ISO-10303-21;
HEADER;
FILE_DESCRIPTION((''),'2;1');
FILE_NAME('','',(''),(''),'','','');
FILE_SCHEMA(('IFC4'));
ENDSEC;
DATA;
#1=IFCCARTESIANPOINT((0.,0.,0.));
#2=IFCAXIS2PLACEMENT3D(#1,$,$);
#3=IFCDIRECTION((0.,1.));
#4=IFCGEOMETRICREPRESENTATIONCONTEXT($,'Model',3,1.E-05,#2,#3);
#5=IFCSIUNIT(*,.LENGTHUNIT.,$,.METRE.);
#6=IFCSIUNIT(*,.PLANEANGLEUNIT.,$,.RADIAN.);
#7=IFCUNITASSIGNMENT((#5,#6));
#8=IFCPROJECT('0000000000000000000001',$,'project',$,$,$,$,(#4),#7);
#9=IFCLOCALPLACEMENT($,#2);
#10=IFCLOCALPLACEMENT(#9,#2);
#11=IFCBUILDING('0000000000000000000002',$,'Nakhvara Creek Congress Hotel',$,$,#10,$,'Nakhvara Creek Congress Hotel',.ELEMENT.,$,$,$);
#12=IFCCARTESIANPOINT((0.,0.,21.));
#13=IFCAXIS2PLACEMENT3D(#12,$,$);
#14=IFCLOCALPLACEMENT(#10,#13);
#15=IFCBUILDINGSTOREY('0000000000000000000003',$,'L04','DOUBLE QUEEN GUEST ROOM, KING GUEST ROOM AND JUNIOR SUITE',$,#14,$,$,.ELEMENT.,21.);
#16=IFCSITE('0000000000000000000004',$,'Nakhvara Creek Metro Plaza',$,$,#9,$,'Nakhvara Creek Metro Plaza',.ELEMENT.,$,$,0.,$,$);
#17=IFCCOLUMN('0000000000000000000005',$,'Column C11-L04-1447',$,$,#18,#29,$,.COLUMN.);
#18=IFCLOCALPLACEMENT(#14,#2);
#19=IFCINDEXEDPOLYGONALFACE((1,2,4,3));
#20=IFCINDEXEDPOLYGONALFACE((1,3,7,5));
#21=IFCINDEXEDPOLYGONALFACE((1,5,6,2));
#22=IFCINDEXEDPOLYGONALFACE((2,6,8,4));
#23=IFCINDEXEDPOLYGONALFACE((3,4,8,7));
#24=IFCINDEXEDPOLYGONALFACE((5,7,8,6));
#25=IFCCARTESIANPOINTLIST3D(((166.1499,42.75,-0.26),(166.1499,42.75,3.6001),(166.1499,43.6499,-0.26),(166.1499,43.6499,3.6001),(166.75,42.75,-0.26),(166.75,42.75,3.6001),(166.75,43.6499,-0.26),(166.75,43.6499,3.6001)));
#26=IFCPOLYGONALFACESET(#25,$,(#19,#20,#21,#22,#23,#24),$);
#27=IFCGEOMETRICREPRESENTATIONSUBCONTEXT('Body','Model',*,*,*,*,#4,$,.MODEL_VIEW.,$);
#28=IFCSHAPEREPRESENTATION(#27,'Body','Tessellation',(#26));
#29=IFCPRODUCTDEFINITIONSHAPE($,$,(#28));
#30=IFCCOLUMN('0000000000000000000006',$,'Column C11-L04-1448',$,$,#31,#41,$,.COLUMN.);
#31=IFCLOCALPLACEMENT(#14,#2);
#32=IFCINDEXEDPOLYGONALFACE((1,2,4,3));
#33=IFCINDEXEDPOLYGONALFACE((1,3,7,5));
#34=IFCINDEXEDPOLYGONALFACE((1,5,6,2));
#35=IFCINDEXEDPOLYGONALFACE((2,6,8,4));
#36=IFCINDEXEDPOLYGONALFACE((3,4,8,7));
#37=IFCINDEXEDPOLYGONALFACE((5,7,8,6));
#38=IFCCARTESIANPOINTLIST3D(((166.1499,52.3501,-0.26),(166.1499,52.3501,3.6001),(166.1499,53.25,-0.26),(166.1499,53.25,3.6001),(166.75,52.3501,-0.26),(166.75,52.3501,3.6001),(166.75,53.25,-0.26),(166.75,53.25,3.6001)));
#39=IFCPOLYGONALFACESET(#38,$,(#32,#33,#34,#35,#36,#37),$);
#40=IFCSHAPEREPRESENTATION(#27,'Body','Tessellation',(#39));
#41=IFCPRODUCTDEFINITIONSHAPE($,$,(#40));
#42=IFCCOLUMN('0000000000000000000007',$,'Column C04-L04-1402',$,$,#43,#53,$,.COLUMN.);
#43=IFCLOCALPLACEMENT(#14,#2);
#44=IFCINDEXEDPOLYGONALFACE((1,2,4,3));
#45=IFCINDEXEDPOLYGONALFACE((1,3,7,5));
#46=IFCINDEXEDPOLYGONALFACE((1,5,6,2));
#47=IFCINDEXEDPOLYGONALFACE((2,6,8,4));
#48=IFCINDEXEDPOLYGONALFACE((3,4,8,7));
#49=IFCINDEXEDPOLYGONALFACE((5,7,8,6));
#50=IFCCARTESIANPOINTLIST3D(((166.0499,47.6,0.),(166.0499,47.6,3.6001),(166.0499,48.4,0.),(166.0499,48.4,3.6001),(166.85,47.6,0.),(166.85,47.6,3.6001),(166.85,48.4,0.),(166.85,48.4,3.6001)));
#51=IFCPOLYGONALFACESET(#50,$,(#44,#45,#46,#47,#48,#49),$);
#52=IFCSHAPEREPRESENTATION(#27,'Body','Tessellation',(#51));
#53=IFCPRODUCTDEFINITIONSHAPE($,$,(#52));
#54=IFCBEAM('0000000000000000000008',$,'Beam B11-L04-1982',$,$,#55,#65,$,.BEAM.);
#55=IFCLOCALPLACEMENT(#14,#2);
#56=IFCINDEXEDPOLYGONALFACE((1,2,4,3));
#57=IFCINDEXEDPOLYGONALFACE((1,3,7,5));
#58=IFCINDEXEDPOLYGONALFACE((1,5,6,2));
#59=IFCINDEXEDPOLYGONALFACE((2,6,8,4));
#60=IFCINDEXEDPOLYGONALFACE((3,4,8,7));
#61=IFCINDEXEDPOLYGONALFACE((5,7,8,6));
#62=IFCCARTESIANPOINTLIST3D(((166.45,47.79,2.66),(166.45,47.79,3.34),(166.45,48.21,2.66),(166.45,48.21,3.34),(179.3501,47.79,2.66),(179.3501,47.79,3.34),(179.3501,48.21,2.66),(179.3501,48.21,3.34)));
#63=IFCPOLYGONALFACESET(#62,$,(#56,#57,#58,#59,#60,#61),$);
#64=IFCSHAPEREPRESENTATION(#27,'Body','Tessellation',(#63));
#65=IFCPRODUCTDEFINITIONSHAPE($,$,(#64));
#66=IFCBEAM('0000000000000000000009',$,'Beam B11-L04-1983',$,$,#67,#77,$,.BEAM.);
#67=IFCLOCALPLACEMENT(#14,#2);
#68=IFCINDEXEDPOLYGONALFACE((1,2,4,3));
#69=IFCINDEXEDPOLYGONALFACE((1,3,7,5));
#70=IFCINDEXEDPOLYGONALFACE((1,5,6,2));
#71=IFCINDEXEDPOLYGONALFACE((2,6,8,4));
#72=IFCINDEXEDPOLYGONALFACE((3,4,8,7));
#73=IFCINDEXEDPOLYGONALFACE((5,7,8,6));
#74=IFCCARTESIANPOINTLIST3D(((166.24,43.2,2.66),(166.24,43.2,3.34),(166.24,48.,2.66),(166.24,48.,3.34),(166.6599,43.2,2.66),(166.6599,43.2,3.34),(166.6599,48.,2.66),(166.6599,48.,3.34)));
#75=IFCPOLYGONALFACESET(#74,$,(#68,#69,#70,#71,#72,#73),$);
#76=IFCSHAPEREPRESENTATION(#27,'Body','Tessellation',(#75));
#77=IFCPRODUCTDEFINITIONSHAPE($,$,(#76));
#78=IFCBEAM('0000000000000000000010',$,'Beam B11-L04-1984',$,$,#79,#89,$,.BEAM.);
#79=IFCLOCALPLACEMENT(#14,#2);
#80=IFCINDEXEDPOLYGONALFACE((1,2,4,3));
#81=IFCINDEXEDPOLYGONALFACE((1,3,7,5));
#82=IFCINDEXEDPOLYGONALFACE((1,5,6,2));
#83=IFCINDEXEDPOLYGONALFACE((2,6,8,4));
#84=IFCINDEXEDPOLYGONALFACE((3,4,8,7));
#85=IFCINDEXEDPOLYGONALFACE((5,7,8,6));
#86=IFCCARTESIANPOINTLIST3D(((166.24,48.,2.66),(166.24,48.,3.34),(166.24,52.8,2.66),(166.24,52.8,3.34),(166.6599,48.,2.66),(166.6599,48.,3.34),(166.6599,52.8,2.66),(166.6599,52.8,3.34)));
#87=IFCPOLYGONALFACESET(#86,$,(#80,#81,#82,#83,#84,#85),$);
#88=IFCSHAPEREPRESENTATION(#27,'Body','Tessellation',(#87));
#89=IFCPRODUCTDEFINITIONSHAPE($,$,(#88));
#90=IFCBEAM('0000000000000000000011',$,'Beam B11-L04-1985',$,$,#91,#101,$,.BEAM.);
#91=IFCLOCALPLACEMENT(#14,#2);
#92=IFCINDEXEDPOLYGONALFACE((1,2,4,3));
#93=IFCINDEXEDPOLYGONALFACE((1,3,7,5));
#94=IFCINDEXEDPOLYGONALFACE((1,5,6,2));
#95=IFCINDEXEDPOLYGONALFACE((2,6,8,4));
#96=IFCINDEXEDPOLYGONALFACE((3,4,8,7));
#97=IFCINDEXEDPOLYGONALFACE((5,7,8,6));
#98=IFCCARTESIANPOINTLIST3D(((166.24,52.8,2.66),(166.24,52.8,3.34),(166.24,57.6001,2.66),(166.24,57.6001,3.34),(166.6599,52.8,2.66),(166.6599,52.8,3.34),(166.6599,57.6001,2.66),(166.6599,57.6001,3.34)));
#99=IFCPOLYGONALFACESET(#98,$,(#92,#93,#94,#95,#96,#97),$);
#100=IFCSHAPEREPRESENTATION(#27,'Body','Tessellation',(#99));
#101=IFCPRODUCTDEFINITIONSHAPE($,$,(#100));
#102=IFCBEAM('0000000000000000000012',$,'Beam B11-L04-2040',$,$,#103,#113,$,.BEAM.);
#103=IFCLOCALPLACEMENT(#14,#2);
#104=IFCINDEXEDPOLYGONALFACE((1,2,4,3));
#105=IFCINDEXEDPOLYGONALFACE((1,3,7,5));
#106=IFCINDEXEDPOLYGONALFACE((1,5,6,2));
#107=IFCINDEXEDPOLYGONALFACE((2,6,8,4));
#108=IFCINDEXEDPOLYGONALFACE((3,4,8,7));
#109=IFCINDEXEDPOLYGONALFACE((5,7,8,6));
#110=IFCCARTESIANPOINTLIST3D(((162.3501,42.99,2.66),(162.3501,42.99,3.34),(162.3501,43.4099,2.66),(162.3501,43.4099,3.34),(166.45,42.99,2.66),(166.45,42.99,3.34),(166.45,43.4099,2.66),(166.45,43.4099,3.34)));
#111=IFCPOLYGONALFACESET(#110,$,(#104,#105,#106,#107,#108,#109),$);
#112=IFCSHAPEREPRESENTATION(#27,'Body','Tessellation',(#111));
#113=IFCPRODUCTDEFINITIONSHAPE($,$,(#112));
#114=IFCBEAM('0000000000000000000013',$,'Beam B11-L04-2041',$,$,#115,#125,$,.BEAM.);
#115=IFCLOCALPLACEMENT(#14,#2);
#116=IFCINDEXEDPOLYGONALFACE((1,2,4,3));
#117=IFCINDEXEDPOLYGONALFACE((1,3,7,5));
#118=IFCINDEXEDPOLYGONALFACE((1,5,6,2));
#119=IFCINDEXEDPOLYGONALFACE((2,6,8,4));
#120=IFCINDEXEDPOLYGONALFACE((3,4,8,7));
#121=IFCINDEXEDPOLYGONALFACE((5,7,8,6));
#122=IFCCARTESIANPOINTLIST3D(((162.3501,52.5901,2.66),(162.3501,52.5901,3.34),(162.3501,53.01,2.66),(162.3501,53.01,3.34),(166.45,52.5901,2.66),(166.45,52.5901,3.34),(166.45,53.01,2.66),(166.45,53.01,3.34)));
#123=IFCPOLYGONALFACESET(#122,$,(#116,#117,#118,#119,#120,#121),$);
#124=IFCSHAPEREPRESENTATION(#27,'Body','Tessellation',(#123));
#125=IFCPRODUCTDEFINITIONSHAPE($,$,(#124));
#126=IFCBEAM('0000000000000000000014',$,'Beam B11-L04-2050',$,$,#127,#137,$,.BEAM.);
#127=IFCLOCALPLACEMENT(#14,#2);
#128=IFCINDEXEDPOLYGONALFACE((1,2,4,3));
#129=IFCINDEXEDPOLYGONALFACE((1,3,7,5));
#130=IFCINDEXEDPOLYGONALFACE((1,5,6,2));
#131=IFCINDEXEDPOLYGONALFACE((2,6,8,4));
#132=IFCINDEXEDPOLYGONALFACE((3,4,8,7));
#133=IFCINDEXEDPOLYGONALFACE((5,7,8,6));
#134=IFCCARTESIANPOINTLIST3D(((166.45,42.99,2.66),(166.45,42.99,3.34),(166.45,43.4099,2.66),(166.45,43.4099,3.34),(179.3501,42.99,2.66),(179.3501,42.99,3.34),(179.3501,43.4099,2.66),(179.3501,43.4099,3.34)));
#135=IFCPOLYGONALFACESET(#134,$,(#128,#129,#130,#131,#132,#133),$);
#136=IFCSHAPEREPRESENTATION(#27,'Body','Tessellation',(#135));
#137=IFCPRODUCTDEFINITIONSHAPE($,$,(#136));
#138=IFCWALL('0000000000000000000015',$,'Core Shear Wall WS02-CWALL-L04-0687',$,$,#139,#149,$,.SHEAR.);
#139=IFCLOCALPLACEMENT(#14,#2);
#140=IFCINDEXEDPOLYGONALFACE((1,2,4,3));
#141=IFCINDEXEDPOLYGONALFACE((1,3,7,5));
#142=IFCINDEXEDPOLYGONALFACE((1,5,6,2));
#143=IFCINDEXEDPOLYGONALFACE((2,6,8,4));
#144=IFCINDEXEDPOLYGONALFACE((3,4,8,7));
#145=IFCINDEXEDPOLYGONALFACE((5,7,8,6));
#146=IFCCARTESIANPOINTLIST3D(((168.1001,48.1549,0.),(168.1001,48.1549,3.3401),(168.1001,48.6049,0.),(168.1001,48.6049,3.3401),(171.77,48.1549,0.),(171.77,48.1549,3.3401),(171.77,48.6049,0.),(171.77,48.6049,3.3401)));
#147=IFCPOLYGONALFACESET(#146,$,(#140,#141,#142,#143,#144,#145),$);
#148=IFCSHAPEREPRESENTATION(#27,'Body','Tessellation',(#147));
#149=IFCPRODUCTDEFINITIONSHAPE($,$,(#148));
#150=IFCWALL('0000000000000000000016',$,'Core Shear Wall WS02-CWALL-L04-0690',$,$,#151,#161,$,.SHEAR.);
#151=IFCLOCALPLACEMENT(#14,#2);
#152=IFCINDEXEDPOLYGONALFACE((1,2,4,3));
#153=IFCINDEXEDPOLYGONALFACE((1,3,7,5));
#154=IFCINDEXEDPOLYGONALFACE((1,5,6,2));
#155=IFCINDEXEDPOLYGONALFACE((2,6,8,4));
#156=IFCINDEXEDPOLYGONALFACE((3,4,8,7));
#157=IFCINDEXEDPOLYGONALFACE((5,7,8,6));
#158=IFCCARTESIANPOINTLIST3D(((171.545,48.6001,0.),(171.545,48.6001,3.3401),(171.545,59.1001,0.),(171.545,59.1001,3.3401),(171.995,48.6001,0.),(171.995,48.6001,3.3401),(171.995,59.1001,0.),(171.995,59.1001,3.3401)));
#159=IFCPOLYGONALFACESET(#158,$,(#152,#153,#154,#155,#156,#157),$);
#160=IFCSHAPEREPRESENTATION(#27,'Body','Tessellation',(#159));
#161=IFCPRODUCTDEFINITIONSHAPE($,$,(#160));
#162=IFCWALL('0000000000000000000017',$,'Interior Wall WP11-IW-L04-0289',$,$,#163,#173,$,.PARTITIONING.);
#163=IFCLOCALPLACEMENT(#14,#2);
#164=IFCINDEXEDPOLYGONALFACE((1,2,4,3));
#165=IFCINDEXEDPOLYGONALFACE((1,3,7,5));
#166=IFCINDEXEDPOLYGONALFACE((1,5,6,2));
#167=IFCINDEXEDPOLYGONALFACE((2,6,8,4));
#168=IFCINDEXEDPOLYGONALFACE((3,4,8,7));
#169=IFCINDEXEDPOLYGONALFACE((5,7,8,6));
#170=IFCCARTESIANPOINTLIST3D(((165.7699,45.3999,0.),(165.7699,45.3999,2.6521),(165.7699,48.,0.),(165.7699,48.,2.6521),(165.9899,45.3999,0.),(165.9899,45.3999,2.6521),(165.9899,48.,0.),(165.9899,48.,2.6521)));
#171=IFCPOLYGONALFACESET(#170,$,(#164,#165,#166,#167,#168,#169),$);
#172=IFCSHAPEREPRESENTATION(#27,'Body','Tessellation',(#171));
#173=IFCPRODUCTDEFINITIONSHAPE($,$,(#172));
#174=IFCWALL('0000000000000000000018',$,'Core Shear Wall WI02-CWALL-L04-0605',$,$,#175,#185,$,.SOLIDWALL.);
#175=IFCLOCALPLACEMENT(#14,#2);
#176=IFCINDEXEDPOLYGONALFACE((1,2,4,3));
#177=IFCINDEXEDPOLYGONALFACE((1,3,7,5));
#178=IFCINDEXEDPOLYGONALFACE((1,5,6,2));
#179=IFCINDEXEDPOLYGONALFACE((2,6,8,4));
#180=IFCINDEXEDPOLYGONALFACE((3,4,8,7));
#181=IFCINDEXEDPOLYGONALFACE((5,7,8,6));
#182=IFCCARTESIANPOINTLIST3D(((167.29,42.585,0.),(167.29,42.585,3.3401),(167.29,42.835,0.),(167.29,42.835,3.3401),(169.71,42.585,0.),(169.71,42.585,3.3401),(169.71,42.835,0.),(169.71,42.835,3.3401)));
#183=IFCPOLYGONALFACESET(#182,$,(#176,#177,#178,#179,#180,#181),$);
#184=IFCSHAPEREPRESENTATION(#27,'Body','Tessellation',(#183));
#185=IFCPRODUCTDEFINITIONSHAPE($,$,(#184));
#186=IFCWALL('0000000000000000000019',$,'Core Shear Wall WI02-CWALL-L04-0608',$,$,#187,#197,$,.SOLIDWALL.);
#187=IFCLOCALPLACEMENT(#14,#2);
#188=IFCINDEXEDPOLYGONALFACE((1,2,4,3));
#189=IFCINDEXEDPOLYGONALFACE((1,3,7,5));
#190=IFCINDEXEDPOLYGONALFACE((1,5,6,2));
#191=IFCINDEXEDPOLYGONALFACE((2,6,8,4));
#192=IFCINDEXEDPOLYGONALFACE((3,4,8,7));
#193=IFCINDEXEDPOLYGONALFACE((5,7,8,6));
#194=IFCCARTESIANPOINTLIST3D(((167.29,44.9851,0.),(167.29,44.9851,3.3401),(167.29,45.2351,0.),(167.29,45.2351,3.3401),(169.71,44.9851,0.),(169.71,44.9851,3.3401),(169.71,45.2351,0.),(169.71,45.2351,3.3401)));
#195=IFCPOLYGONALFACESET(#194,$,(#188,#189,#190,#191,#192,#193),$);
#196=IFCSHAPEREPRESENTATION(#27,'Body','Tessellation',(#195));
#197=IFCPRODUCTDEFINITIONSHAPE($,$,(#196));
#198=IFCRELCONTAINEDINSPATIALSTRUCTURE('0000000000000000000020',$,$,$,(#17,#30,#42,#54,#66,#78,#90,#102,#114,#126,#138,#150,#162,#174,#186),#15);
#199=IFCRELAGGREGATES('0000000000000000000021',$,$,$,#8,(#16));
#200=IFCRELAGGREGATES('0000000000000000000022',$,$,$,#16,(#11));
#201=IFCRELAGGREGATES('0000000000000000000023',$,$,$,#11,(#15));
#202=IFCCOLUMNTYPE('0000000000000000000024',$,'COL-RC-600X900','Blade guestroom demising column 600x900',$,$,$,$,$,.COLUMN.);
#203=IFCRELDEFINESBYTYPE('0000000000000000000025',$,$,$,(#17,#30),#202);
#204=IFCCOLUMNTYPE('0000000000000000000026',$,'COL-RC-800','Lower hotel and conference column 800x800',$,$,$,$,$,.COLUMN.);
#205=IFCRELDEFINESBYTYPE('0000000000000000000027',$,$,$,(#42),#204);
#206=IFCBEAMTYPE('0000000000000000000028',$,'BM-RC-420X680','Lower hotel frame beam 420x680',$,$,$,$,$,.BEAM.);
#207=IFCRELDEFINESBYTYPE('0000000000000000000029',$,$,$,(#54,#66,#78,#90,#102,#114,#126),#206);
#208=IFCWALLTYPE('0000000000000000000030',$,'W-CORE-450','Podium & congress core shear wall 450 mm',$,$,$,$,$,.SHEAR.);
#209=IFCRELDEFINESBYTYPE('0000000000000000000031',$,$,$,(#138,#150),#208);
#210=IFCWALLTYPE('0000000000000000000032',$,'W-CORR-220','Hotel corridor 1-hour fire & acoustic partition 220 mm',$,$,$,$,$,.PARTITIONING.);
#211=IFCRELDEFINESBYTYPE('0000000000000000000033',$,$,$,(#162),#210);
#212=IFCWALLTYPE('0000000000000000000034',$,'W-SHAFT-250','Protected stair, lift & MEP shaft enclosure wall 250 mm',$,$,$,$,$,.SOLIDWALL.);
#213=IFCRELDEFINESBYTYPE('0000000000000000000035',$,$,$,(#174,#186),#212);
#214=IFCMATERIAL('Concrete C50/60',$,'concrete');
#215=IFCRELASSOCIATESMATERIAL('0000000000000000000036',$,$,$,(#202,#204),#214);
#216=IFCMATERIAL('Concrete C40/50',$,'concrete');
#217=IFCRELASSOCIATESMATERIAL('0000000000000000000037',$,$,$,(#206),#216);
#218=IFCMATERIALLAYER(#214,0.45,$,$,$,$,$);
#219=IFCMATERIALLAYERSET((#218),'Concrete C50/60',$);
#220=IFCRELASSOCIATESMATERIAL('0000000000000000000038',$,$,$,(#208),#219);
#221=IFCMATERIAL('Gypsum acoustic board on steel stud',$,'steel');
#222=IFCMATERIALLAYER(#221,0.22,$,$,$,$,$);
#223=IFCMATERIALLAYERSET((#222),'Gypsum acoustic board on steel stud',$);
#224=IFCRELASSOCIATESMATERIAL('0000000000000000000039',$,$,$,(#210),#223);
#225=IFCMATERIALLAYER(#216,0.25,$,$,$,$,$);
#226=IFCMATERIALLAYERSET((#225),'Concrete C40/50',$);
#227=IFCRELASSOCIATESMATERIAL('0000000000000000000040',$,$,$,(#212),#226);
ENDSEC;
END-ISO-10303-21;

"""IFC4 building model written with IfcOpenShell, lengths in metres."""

from ifc_helpers import new_model, si_unit, direction, frame, frame_2d, origin, origin_2d, place, context, subcontext, project, spatial, rectangle, extrude, material, layer, layer_set, material_profile, profile_set, type_object, element, save


model = new_model("IFC4")

# Units and contexts
model_context = context("Model", 3, precision=1e-05, world=origin(), true_north=direction((0.0, 1.0)))
body_context = subcontext(model_context, "Body", "Model", "MODEL_VIEW")
ifc_project = project(units=[si_unit("LENGTHUNIT", "METRE"), si_unit("PLANEANGLEUNIT", "RADIAN")], contexts=[model_context])

# Site, building, storey
site_placement = place(None, origin())
site = spatial("IfcSite", under=ifc_project, at=site_placement, Name="Nakhvara Creek Metro Plaza", LongName="Nakhvara Creek Metro Plaza", CompositionType="ELEMENT", RefElevation=0.0)
building_placement = place(site_placement, origin())
building = spatial("IfcBuilding", under=site, at=building_placement, Name="Nakhvara Creek Congress Hotel", LongName="Nakhvara Creek Congress Hotel", CompositionType="ELEMENT")
storey_placement = place(building_placement, frame((0.0, 0.0, 21.0)))
storey = spatial("IfcBuildingStorey", under=building, at=storey_placement, Name="L04", Description="DOUBLE QUEEN GUEST ROOM, KING GUEST ROOM AND JUNIOR SUITE", CompositionType="ELEMENT", Elevation=21.0)

# Columns
ifc_material_1 = material(Name="Concrete C50/60", Category="concrete")
ifc_material_profile_1 = material_profile(ifc_material_1, rectangle(XDim=0.6001, YDim=0.8999, at=origin_2d()), Name="RC-COL 600x900", Category="LoadBearing")
ifc_profile_set_1 = profile_set([ifc_material_profile_1], Name="Concrete C50/60")
column_type_1 = type_object("IfcColumnType", Name="COL-RC-600X900", Description="Blade guestroom demising column 600x900", PredefinedType="COLUMN", material=ifc_profile_set_1)
for number, where, z_axis, x_axis, name in (
    (1, (166.45, 43.2, -0.26), (0.0, 0.0, 1.0), (1.0, 0.0, 0.0), "Column C11-L04-1447"),
    (2, (166.45, 52.8, -0.26), (0.0, 0.0, 1.0), (1.0, 0.0, 0.0), "Column C11-L04-1448"),
):
    element("IfcColumn", number, at=place(storey_placement, frame(where, z_axis=z_axis, x_axis=x_axis)), inside=storey, type_object=column_type_1, Name=name, PredefinedType="COLUMN", context=body_context, shape_type="SweptSolid", body=[
        extrude(rectangle(XDim=0.6001, YDim=0.8999, at=origin_2d()), origin(), (0.0, 0.0, 1.0), 3.8601),
    ])
ifc_material_profile_2 = material_profile(ifc_material_1, rectangle(XDim=0.8, YDim=0.8, at=origin_2d()), Name="RC-COL 800x800", Category="LoadBearing")
ifc_profile_set_2 = profile_set([ifc_material_profile_2], Name="Concrete C50/60")
column_type_2 = type_object("IfcColumnType", Name="COL-RC-800", Description="Lower hotel and conference column 800x800", PredefinedType="COLUMN", material=ifc_profile_set_2)
column_placement = place(storey_placement, frame((166.45, 48.0, 0.0), z_axis=(0.0, 0.0, 1.0), x_axis=(1.0, 0.0, 0.0)))
element("IfcColumn", 3, at=column_placement, inside=storey, type_object=column_type_2, Name="Column C04-L04-1402", PredefinedType="COLUMN", context=body_context, shape_type="SweptSolid", body=[
    extrude(rectangle(XDim=0.8, YDim=0.8, at=origin_2d()), origin(), (0.0, 0.0, 1.0), 3.6001),
])

# Beams
ifc_material_2 = material(Name="Concrete C40/50", Category="concrete")
ifc_material_profile_3 = material_profile(ifc_material_2, rectangle(XDim=0.4199, YDim=0.6799, at=origin_2d()), Name="RC-BM 420x680", Category="LoadBearing")
ifc_profile_set_3 = profile_set([ifc_material_profile_3], Name="Concrete C40/50")
beam_type = type_object("IfcBeamType", Name="BM-RC-420X680", Description="Lower hotel frame beam 420x680", PredefinedType="BEAM", material=ifc_profile_set_3)
beam_1_placement = place(storey_placement, frame((166.45, 48.0, 3.0), z_axis=(1.0, 0.0, 0.0), x_axis=(0.0, 1.0, 0.0)))
element("IfcBeam", 4, at=beam_1_placement, inside=storey, type_object=beam_type, Name="Beam B11-L04-1982", PredefinedType="BEAM", context=body_context, shape_type="SweptSolid", body=[
    extrude(rectangle(XDim=0.4199, YDim=0.6799, at=origin_2d()), origin(), (0.0, 0.0, 1.0), 12.9001),
])
for number, where, z_axis, x_axis, name in (
    (5, (166.45, 43.2, 3.0), (0.0, 1.0, 0.0), (-1.0, 0.0, 0.0), "Beam B11-L04-1983"),
    (6, (166.45, 48.0, 3.0), (0.0, 1.0, 0.0), (-1.0, 0.0, 0.0), "Beam B11-L04-1984"),
    (7, (166.45, 52.8, 3.0), (0.0, 1.0, 0.0), (-1.0, 0.0, 0.0), "Beam B11-L04-1985"),
):
    element("IfcBeam", number, at=place(storey_placement, frame(where, z_axis=z_axis, x_axis=x_axis)), inside=storey, type_object=beam_type, Name=name, PredefinedType="BEAM", context=body_context, shape_type="SweptSolid", body=[
        extrude(rectangle(XDim=0.4199, YDim=0.6799, at=origin_2d()), origin(), (0.0, 0.0, 1.0), 4.8),
    ])
for number, where, z_axis, x_axis, name in (
    (8, (162.3501, 43.2, 3.0), (1.0, 0.0, 0.0), (0.0, 1.0, 0.0), "Beam B11-L04-2040"),
    (9, (162.3501, 52.8, 3.0), (1.0, 0.0, 0.0), (0.0, 1.0, 0.0), "Beam B11-L04-2041"),
):
    element("IfcBeam", number, at=place(storey_placement, frame(where, z_axis=z_axis, x_axis=x_axis)), inside=storey, type_object=beam_type, Name=name, PredefinedType="BEAM", context=body_context, shape_type="SweptSolid", body=[
        extrude(rectangle(XDim=0.4199, YDim=0.6799, at=origin_2d()), origin(), (0.0, 0.0, 1.0), 4.0999),
    ])
beam_2_placement = place(storey_placement, frame((166.45, 43.2, 3.0), z_axis=(1.0, 0.0, 0.0), x_axis=(0.0, 1.0, 0.0)))
element("IfcBeam", 10, at=beam_2_placement, inside=storey, type_object=beam_type, Name="Beam B11-L04-2050", PredefinedType="BEAM", context=body_context, shape_type="SweptSolid", body=[
    extrude(rectangle(XDim=0.4199, YDim=0.6799, at=origin_2d()), origin(), (0.0, 0.0, 1.0), 12.9001),
])

# Wall
ifc_layer_1 = layer(ifc_material_1, 0.45)
ifc_layer_set_1 = layer_set([ifc_layer_1], Name="Concrete C50/60")
wall_type_1 = type_object("IfcWallType", Name="W-CORE-450", Description="Podium & congress core shear wall 450 mm", PredefinedType="SHEAR", material=ifc_layer_set_1)
wall_1_placement = place(storey_placement, frame((168.1001, 48.3799, 0.0), z_axis=(0.0, 0.0, 1.0), x_axis=(1.0, 0.0, 0.0)))
element("IfcWall", 11, at=wall_1_placement, inside=storey, type_object=wall_type_1, Name="Core Shear Wall WS02-CWALL-L04-0687", PredefinedType="SHEAR", context=body_context, shape_type="SweptSolid", body=[
    extrude(rectangle(XDim=3.6699, YDim=0.45, at=frame_2d((1.835, 0.0))), origin(), (0.0, 0.0, 1.0), 3.3401),
])

# Walls
wall_2_placement = place(storey_placement, frame((171.77, 48.6001, 0.0), z_axis=(0.0, 0.0, 1.0), x_axis=(0.0, 1.0, 0.0)))
element("IfcWall", 12, at=wall_2_placement, inside=storey, type_object=wall_type_1, Name="Core Shear Wall WS02-CWALL-L04-0690", PredefinedType="SHEAR", context=body_context, shape_type="SweptSolid", body=[
    extrude(rectangle(XDim=10.5, YDim=0.45, at=frame_2d((5.25, 0.0))), origin(), (0.0, 0.0, 1.0), 3.3401),
])
ifc_material_3 = material(Name="Gypsum acoustic board on steel stud", Category="steel")
ifc_layer_2 = layer(ifc_material_3, 0.22)
ifc_layer_set_2 = layer_set([ifc_layer_2], Name="Gypsum acoustic board on steel stud")
wall_type_2 = type_object("IfcWallType", Name="W-CORR-220", Description="Hotel corridor 1-hour fire & acoustic partition 220 mm", PredefinedType="PARTITIONING", material=ifc_layer_set_2)
wall_3_placement = place(storey_placement, frame((165.8799, 45.3999, 0.0), z_axis=(0.0, 0.0, 1.0), x_axis=(0.0, 1.0, 0.0)))
element("IfcWall", 13, at=wall_3_placement, inside=storey, type_object=wall_type_2, Name="Interior Wall WP11-IW-L04-0289", PredefinedType="PARTITIONING", context=body_context, shape_type="SweptSolid", body=[
    extrude(rectangle(XDim=2.6001, YDim=0.22, at=frame_2d((1.3, 0.0))), origin(), (0.0, 0.0, 1.0), 2.6521),
])
ifc_layer_3 = layer(ifc_material_2, 0.25)
ifc_layer_set_3 = layer_set([ifc_layer_3], Name="Concrete C40/50")
wall_type_3 = type_object("IfcWallType", Name="W-SHAFT-250", Description="Protected stair, lift & MEP shaft enclosure wall 250 mm", PredefinedType="SOLIDWALL", material=ifc_layer_set_3)
for number, where, z_axis, x_axis, name in (
    (14, (167.29, 42.71, 0.0), (0.0, 0.0, 1.0), (1.0, 0.0, 0.0), "Core Shear Wall WI02-CWALL-L04-0605"),
    (15, (167.29, 45.1101, 0.0), (0.0, 0.0, 1.0), (1.0, 0.0, 0.0), "Core Shear Wall WI02-CWALL-L04-0608"),
):
    element("IfcWall", number, at=place(storey_placement, frame(where, z_axis=z_axis, x_axis=x_axis)), inside=storey, type_object=wall_type_3, Name=name, PredefinedType="SOLIDWALL", context=body_context, shape_type="SweptSolid", body=[
        extrude(rectangle(XDim=2.4199, YDim=0.25, at=frame_2d((1.21, 0.0))), origin(), (0.0, 0.0, 1.0), 3.3401),
    ])

save(model, "model.ifc")
